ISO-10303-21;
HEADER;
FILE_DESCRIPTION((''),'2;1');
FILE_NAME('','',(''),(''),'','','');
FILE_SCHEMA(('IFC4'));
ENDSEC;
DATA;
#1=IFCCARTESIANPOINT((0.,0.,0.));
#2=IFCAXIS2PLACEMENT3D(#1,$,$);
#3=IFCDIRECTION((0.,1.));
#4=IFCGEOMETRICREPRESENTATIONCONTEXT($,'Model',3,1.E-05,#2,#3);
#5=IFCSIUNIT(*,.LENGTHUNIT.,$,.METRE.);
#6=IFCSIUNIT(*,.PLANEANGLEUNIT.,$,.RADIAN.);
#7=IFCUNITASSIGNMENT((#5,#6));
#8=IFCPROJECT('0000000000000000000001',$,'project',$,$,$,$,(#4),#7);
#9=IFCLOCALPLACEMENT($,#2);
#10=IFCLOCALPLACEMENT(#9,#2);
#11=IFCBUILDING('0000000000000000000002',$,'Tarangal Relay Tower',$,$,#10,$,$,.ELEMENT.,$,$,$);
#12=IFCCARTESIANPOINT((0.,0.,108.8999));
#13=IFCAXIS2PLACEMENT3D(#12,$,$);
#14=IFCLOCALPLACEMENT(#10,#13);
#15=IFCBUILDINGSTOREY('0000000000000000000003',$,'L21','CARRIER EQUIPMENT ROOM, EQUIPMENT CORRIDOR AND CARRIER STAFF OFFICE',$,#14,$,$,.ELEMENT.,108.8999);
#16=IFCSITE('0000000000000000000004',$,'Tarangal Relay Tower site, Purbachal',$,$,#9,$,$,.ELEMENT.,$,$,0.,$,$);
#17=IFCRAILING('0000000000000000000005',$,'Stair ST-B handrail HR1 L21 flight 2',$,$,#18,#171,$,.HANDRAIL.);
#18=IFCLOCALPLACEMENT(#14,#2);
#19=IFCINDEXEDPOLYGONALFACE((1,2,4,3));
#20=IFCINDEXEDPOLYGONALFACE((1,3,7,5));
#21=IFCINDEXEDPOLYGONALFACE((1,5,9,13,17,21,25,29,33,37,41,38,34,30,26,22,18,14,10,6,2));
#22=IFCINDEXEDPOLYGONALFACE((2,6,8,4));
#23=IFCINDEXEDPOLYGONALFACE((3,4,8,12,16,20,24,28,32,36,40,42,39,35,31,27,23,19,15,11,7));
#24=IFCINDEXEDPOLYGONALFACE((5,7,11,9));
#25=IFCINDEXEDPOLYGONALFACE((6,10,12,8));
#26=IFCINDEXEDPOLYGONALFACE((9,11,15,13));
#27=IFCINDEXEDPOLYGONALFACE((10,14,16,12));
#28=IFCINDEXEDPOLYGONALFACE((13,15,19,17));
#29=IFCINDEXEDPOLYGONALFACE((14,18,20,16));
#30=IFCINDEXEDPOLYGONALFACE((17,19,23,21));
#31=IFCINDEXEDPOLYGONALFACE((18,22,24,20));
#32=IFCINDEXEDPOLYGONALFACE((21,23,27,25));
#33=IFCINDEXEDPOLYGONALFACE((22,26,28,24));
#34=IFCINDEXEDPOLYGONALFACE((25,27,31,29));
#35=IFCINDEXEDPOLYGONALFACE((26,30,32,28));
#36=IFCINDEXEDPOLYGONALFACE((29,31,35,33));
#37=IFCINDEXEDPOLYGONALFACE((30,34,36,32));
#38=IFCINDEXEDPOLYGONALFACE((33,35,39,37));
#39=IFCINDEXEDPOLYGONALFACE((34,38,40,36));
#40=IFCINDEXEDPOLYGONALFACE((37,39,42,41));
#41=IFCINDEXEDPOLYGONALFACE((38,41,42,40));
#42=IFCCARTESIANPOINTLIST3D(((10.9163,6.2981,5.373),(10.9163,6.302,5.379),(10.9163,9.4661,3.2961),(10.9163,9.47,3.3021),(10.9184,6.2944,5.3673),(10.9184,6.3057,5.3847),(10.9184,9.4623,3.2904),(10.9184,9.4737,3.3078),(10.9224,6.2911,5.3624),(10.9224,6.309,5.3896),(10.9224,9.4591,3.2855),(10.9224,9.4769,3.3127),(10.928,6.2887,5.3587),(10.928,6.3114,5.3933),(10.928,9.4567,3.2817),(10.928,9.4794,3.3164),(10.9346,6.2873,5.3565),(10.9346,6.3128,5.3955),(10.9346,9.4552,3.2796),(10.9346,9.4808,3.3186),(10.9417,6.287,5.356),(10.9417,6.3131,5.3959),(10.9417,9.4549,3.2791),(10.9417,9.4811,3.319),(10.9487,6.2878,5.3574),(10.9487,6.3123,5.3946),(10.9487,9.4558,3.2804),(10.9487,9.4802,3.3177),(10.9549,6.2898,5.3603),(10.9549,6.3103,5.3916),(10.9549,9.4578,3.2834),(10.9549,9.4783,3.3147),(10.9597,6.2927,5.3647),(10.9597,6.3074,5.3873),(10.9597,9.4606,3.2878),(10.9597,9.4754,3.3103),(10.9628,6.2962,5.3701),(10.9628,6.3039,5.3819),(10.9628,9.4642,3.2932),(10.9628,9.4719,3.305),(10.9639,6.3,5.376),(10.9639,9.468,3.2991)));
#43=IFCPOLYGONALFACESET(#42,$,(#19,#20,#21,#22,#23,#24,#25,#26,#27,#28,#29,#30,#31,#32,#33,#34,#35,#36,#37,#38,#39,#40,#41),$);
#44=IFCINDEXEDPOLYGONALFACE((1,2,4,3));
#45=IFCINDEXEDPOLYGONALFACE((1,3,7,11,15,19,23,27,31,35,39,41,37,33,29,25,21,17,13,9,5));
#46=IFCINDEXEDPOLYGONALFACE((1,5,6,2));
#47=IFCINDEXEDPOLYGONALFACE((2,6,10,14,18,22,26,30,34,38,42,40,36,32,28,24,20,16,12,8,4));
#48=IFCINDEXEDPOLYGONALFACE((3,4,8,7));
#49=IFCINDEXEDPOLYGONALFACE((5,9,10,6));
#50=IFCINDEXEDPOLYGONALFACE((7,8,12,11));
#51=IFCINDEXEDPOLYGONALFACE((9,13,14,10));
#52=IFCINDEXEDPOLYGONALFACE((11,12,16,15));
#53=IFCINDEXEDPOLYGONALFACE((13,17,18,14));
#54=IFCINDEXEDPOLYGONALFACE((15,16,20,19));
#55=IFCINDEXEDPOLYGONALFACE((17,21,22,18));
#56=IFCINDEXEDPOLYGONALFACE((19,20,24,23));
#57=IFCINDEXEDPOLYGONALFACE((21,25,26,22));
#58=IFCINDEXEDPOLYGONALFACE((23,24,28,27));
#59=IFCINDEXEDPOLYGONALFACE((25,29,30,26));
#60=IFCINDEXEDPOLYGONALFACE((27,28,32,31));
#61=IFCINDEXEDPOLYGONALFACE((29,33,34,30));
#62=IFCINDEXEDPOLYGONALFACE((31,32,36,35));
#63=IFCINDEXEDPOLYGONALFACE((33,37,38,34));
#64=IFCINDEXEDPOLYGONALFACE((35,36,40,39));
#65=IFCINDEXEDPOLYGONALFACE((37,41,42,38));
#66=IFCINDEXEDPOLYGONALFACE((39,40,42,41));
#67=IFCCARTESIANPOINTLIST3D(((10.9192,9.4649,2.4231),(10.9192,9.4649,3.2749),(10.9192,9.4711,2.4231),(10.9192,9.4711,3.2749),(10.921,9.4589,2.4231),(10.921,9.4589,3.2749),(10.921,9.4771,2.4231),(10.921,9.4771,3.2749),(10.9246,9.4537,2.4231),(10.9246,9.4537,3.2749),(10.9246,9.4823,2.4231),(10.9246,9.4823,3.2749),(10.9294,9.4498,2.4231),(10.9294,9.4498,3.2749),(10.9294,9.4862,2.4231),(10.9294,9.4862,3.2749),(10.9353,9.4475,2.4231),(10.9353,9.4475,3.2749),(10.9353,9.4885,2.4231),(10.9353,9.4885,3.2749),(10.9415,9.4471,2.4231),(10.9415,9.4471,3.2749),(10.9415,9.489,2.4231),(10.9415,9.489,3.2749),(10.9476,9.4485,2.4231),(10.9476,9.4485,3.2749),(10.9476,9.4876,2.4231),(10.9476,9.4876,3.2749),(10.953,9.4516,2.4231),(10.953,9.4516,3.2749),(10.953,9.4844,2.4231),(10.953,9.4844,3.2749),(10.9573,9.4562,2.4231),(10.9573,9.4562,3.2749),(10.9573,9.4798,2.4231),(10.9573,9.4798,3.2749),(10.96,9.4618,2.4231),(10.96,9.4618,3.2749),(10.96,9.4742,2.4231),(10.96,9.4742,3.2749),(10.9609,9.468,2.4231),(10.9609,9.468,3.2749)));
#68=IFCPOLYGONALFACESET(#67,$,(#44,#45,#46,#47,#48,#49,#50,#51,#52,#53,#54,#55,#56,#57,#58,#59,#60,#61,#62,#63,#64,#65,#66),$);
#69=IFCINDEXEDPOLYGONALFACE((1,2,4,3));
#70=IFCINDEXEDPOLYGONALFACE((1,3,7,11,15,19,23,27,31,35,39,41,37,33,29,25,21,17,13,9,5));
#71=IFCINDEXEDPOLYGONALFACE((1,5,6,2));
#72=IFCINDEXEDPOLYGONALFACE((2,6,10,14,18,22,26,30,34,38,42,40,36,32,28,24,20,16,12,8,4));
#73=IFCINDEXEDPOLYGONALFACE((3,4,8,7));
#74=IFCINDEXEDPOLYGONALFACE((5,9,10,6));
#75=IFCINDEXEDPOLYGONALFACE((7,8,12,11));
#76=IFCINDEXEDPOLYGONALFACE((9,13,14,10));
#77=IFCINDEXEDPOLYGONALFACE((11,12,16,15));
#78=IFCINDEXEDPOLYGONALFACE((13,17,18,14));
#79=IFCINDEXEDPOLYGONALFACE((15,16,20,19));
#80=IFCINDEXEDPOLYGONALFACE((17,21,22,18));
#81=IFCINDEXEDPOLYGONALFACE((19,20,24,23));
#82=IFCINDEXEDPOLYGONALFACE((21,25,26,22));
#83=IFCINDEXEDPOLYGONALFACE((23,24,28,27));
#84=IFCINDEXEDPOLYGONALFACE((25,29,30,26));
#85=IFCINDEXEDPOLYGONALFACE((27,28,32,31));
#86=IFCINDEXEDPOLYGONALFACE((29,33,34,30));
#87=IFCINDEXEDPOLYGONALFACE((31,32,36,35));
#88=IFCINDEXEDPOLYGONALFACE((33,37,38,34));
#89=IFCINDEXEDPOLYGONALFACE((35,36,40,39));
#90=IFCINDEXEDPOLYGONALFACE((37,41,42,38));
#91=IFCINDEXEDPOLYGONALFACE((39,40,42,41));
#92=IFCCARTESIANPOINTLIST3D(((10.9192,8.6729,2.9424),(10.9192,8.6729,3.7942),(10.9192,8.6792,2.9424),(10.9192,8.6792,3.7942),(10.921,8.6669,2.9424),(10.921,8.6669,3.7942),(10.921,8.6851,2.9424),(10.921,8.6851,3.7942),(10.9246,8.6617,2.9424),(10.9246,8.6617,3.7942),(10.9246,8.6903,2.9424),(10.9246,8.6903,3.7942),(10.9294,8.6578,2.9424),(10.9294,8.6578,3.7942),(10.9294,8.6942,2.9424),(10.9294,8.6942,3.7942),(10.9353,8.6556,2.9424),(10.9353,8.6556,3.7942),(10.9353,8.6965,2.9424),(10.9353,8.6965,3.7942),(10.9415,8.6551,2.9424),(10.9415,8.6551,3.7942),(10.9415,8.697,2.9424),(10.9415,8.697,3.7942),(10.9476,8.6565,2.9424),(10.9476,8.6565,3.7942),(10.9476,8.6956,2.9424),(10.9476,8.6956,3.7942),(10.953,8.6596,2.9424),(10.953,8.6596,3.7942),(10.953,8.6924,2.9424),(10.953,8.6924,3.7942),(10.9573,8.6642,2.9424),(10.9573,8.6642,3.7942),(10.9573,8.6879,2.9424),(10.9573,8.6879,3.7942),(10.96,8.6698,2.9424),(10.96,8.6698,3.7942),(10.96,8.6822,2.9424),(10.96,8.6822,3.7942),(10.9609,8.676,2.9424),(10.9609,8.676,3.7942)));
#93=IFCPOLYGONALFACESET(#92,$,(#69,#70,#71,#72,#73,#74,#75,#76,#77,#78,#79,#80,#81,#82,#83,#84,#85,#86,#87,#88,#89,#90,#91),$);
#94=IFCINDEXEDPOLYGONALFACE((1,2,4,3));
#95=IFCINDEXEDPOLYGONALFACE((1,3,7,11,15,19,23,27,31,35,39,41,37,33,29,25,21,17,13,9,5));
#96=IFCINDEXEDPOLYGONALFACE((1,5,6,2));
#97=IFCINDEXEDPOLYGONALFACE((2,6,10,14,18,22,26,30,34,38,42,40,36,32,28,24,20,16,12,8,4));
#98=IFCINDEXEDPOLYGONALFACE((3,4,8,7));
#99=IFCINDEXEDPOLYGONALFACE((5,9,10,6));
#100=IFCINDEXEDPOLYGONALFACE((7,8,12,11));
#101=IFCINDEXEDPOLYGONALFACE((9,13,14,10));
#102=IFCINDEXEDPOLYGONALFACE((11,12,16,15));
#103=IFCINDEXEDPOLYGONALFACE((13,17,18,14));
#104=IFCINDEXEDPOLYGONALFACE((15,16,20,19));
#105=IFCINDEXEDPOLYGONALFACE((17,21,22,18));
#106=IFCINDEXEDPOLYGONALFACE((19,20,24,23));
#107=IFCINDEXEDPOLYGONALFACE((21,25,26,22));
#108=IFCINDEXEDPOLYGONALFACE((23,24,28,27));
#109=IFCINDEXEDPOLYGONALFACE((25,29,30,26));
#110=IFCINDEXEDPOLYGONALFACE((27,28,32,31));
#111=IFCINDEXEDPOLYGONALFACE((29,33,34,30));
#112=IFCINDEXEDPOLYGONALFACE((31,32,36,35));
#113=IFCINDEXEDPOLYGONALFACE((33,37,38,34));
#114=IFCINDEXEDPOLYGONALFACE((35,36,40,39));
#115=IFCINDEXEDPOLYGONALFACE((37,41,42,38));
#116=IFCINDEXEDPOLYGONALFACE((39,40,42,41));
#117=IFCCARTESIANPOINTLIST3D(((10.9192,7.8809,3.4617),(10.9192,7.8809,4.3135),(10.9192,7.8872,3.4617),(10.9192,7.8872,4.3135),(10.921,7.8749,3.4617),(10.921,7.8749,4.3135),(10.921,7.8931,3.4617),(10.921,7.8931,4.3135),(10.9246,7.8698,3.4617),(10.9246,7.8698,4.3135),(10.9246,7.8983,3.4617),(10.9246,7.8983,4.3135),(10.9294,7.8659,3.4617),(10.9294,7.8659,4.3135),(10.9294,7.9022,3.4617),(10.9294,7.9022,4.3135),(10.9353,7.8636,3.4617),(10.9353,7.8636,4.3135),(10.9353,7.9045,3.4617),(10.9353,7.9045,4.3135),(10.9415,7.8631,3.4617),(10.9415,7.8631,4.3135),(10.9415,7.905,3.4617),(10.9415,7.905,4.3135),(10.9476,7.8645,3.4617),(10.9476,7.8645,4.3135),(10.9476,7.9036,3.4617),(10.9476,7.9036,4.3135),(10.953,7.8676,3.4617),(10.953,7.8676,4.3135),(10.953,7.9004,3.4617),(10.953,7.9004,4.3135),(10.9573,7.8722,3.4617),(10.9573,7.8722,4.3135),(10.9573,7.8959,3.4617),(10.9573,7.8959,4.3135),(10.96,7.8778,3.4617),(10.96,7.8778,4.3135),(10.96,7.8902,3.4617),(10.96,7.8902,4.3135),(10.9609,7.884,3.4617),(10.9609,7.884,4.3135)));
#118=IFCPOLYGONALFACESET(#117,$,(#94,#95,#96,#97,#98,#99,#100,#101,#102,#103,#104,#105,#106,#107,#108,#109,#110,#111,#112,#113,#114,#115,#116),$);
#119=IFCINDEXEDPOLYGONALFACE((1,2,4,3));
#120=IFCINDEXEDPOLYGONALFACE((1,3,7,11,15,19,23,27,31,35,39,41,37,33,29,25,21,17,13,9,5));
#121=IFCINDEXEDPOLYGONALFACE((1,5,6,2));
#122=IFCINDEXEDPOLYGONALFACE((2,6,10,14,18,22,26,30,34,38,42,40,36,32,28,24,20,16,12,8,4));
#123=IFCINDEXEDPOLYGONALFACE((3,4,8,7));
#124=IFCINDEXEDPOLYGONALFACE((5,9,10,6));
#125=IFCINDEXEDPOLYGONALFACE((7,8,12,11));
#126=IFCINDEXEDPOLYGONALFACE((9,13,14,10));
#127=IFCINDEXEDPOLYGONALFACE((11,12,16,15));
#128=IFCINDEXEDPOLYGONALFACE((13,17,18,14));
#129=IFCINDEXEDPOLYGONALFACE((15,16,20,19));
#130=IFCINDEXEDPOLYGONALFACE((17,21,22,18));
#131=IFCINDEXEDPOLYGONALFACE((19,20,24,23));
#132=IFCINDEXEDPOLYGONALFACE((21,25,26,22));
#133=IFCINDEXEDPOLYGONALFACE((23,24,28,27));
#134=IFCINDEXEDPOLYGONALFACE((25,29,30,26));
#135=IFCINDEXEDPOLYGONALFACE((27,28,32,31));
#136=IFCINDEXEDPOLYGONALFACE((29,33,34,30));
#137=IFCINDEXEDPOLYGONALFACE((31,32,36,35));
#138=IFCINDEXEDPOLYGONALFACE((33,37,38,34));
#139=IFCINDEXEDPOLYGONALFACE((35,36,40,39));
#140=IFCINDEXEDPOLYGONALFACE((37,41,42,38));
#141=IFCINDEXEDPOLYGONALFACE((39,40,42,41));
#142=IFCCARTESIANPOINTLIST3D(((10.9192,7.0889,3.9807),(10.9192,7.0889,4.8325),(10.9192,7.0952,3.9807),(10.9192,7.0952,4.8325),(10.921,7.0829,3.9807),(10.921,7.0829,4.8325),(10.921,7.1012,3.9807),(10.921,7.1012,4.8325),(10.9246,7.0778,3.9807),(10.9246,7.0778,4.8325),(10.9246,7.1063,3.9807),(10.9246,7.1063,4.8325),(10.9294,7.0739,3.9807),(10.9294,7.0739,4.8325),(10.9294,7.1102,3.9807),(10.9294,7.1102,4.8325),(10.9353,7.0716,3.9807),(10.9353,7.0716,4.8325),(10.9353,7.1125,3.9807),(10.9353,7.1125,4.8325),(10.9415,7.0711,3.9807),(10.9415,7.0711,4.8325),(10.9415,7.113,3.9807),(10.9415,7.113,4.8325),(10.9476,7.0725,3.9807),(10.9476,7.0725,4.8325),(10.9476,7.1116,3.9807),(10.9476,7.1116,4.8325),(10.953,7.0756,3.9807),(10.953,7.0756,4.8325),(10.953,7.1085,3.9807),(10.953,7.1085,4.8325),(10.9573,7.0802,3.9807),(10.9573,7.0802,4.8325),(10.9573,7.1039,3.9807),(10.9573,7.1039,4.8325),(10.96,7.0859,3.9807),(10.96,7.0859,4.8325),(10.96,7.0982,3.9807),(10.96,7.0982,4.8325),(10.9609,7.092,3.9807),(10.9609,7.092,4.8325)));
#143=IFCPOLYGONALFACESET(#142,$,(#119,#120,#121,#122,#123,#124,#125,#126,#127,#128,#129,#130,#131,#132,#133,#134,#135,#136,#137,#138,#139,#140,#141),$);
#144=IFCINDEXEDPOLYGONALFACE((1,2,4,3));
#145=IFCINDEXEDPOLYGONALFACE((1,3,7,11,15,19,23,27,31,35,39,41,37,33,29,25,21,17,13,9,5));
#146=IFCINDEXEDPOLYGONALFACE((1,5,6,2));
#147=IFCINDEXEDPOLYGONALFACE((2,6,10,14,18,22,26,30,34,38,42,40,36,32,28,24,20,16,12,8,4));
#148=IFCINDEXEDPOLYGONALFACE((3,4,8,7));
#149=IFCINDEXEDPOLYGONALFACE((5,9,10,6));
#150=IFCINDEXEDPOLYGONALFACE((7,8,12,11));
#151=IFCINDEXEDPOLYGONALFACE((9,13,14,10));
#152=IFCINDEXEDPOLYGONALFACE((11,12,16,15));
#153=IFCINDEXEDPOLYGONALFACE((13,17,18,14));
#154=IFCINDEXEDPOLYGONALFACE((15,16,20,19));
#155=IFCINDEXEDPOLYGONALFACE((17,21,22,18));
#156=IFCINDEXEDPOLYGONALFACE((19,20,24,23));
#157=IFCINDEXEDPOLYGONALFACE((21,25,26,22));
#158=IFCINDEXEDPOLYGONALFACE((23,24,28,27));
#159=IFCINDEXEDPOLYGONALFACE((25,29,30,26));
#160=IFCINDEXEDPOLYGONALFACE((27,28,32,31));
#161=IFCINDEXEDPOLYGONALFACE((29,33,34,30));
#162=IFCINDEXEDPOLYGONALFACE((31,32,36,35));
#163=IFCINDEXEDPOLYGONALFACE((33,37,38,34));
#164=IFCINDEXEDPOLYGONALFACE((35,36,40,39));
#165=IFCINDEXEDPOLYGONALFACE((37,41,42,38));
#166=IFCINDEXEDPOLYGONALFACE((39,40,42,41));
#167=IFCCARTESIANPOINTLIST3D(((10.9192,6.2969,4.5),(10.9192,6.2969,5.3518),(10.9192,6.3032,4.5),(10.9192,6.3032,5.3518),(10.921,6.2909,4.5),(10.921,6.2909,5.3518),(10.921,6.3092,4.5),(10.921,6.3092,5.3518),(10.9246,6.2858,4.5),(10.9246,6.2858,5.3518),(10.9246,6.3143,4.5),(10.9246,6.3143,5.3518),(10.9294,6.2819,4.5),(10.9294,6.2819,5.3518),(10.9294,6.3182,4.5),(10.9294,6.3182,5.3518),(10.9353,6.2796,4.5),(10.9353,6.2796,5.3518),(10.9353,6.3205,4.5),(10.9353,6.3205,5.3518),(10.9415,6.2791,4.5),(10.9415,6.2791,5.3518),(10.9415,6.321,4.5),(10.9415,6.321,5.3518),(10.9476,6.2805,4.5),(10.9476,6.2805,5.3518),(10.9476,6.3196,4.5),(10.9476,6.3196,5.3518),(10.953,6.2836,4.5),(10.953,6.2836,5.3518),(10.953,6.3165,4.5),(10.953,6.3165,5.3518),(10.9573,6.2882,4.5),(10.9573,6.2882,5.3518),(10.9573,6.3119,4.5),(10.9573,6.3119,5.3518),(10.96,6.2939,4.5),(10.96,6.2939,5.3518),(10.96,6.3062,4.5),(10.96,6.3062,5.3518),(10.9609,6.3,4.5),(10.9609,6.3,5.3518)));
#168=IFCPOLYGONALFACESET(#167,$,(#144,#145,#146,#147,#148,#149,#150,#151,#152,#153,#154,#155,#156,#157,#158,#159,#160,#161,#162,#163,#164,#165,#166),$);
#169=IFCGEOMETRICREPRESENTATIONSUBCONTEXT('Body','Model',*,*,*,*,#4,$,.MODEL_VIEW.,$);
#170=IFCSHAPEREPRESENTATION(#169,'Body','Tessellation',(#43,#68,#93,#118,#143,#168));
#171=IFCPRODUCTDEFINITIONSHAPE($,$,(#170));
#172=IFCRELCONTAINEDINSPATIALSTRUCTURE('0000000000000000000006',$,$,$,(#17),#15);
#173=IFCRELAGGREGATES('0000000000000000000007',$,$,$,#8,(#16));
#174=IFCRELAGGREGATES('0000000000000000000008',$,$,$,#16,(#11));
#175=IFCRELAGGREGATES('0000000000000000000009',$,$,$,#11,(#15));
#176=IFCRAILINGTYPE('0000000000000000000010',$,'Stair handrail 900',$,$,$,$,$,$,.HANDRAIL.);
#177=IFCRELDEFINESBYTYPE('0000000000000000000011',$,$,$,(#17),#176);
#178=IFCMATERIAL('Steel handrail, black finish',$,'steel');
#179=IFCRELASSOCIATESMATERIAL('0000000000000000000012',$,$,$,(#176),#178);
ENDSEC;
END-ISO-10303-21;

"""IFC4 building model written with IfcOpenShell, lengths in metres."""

from ifc_helpers import new_model, si_unit, direction, frame, origin, origin_2d, place, context, subcontext, project, spatial, circle, extrude, material, type_object, element, save


model = new_model("IFC4")

# Units and contexts
model_context = context("Model", 3, precision=1e-05, world=origin(), true_north=direction((0.0, 1.0)))
body_context = subcontext(model_context, "Body", "Model", "MODEL_VIEW")
ifc_project = project(units=[si_unit("LENGTHUNIT", "METRE"), si_unit("PLANEANGLEUNIT", "RADIAN")], contexts=[model_context])

# Site, building, storey
site_placement = place(None, origin())
site = spatial("IfcSite", under=ifc_project, at=site_placement, Name="Tarangal Relay Tower site, Purbachal", CompositionType="ELEMENT", RefElevation=0.0)
building_placement = place(site_placement, origin())
building = spatial("IfcBuilding", under=site, at=building_placement, Name="Tarangal Relay Tower", CompositionType="ELEMENT")
storey_placement = place(building_placement, frame((0.0, 0.0, 108.8999)))
storey = spatial("IfcBuildingStorey", under=building, at=storey_placement, Name="L21", Description="CARRIER EQUIPMENT ROOM, EQUIPMENT CORRIDOR AND CARRIER STAFF OFFICE", CompositionType="ELEMENT", Elevation=108.8999)

# Railing
ifc_material_1 = material(Name="Steel handrail, black finish", Category="steel")
railing_type_1 = type_object("IfcRailingType", Name="Stair handrail 900", PredefinedType="HANDRAIL", material=ifc_material_1)
railing_1_placement = place(storey_placement, frame((10.9399, 9.468, 2.4231)))
element("IfcRailing", 1, at=railing_1_placement, inside=storey, type_object=railing_type_1, Name="Stair ST-B handrail HR1 L21 flight 2", PredefinedType="HANDRAIL", context=body_context, shape_type="SweptSolid", body=[
    extrude(circle(Radius=0.0239, at=origin_2d()), frame((0.0, 0.0, 0.876), z_axis=(0.0, -0.836299, 0.548273), x_axis=(1.0, 0.0, 0.0)), (0.0, 0.0, 1.0), 3.7881),
    extrude(circle(Radius=0.021, at=origin_2d()), origin(), (0.0, 0.0, 1.0), 0.8518),
    extrude(circle(Radius=0.021, at=origin_2d()), frame((0.0, -0.792, 0.5193)), (0.0, 0.0, 1.0), 0.8518),
    extrude(circle(Radius=0.021, at=origin_2d()), frame((0.0, -1.584, 1.0386)), (0.0, 0.0, 1.0), 0.8518),
    extrude(circle(Radius=0.021, at=origin_2d()), frame((0.0, -2.376, 1.5576)), (0.0, 0.0, 1.0), 0.8518),
    extrude(circle(Radius=0.021, at=origin_2d()), frame((0.0, -3.168, 2.0769)), (0.0, 0.0, 1.0), 0.8518),
])

save(model, "model.ifc")
